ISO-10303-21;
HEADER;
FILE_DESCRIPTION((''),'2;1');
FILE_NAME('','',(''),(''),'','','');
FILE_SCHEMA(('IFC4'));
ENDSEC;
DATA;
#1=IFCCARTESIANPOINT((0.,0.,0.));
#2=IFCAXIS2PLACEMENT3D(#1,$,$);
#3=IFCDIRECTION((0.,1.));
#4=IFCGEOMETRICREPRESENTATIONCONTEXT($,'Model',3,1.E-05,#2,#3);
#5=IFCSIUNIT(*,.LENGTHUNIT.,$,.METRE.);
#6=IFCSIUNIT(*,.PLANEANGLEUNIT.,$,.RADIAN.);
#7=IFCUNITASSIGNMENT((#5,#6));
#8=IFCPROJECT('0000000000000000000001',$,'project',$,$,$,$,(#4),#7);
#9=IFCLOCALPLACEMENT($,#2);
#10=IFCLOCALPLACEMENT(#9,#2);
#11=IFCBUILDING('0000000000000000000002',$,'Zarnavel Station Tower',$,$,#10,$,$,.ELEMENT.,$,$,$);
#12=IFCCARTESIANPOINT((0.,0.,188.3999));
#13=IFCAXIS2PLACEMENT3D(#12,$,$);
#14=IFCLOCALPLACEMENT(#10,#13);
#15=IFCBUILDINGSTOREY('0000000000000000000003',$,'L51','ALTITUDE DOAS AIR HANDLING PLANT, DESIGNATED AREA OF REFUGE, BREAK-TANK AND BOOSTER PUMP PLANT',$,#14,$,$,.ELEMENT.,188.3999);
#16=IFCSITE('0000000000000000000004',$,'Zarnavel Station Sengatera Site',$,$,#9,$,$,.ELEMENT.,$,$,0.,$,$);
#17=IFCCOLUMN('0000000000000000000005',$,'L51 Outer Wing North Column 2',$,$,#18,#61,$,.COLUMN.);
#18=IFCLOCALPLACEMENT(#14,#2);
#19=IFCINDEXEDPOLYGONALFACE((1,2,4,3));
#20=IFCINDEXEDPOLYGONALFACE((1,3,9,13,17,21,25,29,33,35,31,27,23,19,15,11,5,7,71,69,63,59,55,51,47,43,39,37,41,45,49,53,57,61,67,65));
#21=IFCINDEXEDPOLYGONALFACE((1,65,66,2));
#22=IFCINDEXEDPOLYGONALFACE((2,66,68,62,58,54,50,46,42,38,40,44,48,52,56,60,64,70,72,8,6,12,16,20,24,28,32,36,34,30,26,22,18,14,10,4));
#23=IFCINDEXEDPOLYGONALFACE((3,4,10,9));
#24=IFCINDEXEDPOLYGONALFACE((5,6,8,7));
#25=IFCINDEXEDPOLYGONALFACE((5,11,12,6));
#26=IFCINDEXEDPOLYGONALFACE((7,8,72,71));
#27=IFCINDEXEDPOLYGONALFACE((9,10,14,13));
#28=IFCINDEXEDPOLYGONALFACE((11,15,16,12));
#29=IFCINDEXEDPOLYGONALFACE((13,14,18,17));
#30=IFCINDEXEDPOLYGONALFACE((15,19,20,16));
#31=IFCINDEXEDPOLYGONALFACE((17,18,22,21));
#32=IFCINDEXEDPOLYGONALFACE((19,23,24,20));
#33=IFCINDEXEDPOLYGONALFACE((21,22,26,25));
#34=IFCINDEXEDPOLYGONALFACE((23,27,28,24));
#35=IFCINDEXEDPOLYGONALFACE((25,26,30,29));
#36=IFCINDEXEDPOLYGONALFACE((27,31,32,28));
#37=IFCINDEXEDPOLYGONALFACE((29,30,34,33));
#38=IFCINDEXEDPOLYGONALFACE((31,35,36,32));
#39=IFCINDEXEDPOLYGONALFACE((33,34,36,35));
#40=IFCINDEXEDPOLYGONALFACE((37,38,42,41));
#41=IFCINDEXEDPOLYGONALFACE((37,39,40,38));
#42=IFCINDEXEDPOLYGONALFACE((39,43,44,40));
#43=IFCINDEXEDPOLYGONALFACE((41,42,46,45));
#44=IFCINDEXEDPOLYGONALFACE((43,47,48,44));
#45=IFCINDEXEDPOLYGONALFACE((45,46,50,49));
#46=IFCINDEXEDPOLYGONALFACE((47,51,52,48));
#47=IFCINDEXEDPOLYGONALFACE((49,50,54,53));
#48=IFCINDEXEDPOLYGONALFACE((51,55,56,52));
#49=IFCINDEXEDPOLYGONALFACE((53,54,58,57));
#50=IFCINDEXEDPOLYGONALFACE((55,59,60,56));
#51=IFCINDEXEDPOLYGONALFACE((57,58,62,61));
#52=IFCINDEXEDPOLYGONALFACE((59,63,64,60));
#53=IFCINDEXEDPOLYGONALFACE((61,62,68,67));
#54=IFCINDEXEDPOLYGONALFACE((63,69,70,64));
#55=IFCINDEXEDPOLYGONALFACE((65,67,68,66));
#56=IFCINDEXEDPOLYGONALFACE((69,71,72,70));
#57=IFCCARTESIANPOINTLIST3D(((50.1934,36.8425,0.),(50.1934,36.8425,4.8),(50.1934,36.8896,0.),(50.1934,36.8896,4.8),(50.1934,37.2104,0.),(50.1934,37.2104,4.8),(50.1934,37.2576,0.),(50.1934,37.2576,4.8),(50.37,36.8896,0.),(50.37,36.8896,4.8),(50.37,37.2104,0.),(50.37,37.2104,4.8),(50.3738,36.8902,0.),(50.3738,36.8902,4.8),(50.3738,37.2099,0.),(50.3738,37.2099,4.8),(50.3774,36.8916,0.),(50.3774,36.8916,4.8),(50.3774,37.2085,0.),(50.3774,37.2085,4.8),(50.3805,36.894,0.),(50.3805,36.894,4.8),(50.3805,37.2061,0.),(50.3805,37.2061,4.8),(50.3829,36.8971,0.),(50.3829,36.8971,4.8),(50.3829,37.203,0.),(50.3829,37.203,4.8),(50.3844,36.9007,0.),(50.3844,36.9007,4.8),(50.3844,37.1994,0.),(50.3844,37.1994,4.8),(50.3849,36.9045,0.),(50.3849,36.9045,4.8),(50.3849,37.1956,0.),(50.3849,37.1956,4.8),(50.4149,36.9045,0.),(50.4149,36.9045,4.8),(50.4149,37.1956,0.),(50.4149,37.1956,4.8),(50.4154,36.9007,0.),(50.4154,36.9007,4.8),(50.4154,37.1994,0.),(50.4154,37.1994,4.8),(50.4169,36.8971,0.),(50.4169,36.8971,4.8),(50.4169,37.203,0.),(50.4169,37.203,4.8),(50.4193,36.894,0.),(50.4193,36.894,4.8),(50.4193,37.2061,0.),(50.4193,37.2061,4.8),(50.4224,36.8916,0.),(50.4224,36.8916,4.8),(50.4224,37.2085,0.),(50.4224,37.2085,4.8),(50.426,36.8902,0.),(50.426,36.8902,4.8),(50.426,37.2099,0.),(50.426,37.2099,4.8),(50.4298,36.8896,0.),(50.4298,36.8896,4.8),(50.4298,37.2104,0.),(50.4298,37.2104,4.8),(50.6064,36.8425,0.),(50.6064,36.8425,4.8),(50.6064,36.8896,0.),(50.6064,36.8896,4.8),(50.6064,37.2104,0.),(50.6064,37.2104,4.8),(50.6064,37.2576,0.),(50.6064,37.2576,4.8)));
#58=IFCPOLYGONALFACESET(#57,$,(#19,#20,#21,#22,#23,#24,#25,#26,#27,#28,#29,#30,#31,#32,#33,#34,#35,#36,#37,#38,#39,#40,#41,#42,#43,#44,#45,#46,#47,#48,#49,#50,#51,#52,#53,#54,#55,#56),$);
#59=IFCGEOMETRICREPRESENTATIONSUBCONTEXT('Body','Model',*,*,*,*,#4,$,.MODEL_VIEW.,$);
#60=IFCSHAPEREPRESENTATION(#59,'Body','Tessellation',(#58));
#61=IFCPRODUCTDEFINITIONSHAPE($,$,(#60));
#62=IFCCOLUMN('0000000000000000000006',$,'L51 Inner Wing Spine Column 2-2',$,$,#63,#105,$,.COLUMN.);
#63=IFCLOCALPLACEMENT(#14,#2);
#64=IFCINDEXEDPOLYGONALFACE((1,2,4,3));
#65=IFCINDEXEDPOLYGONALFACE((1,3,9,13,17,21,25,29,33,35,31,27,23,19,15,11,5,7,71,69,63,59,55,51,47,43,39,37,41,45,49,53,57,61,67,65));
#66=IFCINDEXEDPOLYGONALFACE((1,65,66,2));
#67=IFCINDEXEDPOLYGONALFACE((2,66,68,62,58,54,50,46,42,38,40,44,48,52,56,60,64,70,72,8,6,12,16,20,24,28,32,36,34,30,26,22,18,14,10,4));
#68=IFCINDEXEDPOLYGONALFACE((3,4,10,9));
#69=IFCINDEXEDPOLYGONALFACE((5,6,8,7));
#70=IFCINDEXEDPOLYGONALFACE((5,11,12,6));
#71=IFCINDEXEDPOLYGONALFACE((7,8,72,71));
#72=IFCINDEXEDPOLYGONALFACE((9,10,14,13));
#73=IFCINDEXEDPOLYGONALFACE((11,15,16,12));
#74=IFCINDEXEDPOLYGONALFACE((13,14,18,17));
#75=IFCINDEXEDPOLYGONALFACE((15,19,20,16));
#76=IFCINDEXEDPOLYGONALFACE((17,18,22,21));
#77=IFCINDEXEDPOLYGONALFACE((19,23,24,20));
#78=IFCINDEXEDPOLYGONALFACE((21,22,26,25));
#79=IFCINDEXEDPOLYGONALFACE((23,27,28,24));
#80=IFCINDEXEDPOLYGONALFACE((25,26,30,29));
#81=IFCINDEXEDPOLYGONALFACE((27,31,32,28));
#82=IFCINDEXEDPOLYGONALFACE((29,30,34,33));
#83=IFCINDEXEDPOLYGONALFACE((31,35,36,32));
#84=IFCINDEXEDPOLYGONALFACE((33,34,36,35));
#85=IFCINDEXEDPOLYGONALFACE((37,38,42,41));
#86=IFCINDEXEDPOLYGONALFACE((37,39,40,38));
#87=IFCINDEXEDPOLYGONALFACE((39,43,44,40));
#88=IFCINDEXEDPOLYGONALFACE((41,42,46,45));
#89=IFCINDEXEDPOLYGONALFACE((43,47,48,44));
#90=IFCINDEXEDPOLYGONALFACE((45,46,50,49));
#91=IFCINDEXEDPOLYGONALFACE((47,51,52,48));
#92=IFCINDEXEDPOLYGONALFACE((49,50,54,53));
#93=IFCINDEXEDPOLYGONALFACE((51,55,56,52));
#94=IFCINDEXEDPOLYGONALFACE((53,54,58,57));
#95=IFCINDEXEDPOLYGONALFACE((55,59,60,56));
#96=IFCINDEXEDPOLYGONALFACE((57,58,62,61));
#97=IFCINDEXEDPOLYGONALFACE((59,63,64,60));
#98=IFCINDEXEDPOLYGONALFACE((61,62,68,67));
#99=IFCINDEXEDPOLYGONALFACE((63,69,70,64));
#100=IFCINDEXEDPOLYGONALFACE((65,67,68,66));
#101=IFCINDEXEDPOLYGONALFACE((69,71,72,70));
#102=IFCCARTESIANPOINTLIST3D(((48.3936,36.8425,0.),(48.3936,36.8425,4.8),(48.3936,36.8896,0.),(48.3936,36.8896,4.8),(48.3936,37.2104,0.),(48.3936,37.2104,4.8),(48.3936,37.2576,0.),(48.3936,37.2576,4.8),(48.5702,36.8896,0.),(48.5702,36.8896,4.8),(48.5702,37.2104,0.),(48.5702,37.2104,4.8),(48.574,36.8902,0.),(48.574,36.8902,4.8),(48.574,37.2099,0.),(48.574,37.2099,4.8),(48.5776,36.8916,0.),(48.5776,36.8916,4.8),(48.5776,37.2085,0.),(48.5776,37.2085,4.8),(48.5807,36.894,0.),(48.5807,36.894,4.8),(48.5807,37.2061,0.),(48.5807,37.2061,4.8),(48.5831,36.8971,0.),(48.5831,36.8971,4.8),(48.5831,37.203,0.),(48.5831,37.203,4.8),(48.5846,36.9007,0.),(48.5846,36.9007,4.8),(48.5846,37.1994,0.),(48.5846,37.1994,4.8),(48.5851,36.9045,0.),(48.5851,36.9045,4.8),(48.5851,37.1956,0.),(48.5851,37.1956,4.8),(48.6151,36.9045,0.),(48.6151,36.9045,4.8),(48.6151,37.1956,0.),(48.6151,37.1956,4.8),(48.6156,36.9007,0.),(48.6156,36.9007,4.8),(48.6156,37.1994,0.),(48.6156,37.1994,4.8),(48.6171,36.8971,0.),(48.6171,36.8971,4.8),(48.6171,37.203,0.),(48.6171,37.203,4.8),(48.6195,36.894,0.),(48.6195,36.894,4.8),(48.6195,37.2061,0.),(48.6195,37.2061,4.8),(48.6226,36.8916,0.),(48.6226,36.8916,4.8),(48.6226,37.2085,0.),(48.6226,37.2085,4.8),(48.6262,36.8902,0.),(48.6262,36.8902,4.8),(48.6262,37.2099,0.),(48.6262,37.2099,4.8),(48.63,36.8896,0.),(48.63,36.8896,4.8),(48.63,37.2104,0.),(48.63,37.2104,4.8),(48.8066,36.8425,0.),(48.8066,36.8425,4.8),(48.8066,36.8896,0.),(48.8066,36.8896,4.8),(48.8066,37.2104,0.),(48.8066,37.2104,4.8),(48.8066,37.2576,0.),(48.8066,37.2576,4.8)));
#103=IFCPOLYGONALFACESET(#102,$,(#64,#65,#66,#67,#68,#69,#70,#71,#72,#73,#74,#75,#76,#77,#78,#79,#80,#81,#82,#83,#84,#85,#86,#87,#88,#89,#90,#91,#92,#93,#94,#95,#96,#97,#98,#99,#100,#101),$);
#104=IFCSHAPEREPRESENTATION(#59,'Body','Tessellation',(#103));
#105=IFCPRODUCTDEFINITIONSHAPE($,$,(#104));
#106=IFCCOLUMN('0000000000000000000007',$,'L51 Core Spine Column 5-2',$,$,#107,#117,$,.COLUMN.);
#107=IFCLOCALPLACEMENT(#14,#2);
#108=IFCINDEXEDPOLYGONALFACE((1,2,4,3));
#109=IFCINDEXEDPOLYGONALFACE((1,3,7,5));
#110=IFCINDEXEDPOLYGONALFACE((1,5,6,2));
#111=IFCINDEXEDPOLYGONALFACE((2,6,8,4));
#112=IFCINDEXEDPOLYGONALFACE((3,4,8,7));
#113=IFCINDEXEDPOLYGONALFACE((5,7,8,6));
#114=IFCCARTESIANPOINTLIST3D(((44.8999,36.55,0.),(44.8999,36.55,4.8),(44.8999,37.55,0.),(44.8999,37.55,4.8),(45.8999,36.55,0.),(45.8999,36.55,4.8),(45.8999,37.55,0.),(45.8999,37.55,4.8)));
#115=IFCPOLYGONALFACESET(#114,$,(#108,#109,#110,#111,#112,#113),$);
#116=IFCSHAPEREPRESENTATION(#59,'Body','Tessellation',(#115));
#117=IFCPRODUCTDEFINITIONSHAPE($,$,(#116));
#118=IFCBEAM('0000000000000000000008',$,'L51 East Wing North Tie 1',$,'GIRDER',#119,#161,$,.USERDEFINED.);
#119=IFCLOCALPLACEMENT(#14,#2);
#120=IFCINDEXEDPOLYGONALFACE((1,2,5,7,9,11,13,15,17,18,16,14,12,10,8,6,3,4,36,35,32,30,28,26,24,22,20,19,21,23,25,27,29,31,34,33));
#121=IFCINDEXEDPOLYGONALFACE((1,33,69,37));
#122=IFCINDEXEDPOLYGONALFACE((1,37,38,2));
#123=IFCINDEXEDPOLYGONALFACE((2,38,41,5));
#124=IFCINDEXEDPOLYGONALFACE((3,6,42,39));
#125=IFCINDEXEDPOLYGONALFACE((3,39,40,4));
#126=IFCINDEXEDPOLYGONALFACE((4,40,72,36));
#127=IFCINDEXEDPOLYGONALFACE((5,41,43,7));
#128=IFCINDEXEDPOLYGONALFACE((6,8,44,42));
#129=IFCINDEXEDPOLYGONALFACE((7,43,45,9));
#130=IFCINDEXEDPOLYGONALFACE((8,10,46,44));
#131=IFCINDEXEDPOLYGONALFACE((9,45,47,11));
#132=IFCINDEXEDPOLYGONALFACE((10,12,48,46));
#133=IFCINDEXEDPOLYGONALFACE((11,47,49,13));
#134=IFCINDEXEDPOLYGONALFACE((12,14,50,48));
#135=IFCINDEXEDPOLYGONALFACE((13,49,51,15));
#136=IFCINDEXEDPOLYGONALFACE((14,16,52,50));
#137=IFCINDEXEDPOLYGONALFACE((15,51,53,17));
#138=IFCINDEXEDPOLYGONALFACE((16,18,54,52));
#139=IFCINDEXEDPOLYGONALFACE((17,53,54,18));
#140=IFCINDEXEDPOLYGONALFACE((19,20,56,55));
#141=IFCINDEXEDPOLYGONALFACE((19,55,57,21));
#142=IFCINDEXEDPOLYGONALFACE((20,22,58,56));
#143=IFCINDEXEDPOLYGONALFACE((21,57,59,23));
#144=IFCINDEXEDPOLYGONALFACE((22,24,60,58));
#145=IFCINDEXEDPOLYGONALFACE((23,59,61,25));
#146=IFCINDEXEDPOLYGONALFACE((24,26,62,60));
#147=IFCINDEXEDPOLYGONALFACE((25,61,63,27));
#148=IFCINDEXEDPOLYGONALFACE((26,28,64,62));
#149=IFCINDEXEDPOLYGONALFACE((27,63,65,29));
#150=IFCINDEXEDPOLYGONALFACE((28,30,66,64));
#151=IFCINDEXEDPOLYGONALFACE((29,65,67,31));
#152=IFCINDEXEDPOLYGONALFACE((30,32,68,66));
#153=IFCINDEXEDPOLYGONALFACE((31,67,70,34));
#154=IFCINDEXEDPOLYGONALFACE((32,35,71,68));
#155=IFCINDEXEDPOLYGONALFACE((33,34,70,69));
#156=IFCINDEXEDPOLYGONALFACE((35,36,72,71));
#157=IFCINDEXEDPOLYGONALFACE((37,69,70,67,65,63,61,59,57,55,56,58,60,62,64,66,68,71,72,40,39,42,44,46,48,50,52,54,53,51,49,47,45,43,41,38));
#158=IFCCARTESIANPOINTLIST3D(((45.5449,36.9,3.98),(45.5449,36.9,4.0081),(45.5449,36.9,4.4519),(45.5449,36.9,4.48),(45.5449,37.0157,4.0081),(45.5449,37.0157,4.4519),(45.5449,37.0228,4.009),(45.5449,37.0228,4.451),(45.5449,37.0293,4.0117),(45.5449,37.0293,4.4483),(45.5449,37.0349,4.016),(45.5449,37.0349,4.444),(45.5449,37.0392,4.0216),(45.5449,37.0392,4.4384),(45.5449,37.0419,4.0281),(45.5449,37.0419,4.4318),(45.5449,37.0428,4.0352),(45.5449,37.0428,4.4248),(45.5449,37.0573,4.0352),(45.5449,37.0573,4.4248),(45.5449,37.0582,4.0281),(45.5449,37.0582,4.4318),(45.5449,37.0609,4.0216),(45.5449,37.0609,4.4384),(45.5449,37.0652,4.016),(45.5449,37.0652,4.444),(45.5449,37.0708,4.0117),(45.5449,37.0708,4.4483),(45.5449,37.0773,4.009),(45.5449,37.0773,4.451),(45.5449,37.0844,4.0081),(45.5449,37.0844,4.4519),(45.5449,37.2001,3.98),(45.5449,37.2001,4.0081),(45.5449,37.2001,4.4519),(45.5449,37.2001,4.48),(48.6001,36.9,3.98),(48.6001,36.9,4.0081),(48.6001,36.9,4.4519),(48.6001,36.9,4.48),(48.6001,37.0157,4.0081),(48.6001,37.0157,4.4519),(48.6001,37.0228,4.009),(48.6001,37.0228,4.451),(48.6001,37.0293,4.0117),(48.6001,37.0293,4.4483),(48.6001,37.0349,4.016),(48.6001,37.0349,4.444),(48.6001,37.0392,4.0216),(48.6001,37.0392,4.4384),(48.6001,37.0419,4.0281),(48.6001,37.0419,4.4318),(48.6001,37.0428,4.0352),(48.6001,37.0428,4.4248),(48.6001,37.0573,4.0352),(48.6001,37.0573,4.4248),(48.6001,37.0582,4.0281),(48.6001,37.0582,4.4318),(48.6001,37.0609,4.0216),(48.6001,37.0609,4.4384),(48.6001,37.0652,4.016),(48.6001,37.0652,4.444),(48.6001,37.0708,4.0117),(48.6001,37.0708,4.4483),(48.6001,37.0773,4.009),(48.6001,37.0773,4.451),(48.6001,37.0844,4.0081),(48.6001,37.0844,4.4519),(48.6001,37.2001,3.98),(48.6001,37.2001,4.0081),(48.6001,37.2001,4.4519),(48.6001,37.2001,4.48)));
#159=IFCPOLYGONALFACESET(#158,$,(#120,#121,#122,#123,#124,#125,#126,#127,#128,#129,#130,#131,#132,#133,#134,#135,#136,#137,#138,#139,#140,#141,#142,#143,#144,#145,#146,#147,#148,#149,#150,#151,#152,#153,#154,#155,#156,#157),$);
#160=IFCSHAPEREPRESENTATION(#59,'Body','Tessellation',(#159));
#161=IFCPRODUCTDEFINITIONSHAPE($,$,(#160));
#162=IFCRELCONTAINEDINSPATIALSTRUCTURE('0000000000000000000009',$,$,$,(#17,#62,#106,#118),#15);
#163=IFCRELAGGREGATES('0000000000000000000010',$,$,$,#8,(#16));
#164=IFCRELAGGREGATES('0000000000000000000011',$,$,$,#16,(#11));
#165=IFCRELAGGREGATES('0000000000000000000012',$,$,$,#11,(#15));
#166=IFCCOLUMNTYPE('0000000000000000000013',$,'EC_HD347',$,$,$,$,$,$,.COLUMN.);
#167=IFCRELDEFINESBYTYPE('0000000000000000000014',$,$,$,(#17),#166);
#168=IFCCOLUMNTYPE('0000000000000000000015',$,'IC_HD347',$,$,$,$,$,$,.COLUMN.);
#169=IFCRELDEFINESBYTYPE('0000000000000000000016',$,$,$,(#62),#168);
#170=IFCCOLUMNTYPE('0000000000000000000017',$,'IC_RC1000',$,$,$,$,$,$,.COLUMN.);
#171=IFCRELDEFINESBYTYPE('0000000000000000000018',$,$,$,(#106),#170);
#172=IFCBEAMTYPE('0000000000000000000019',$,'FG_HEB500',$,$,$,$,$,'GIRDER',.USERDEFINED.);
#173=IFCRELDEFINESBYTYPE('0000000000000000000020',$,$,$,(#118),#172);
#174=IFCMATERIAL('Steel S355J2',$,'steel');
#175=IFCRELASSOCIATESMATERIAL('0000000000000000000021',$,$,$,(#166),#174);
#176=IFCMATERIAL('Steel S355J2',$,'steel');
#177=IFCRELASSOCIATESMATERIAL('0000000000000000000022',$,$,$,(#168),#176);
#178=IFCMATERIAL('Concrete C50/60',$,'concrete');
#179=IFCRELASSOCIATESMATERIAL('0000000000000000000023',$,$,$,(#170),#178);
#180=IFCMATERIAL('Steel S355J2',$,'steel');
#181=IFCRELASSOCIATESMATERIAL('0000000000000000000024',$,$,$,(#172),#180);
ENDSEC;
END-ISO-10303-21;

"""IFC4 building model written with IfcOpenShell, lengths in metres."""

from ifc_helpers import new_model, si_unit, direction, frame, origin, origin_2d, place, context, subcontext, project, spatial, rectangle, i_section, extrude, material, material_profile, profile_set, type_object, element, save


model = new_model("IFC4")

# Units and contexts
model_context = context("Model", 3, precision=1e-05, world=origin(), true_north=direction((0.0, 1.0)))
body_context = subcontext(model_context, "Body", "Model", "MODEL_VIEW")
ifc_project = project(units=[si_unit("LENGTHUNIT", "METRE"), si_unit("PLANEANGLEUNIT", "RADIAN")], contexts=[model_context])

# Site, building, storey
site_placement = place(None, origin())
site = spatial("IfcSite", under=ifc_project, at=site_placement, Name="Zarnavel Station Sengatera Site", CompositionType="ELEMENT", RefElevation=0.0)
building_placement = place(site_placement, origin())
building = spatial("IfcBuilding", under=site, at=building_placement, Name="Zarnavel Station Tower", CompositionType="ELEMENT")
storey_placement = place(building_placement, frame((0.0, 0.0, 188.3999)))
storey = spatial("IfcBuildingStorey", under=building, at=storey_placement, Name="L51", Description="ALTITUDE DOAS AIR HANDLING PLANT, DESIGNATED AREA OF REFUGE, BREAK-TANK AND BOOSTER PUMP PLANT", CompositionType="ELEMENT", Elevation=188.3999)

# Columns
ifc_material_1 = material(Name="Steel S355J2", Category="steel")
ifc_material_profile_1 = material_profile(ifc_material_1, i_section(OverallWidth=0.4131, OverallDepth=0.415, WebThickness=0.03, FlangeThickness=0.0471, FilletRadius=0.0149, at=origin_2d()), Name="HD400x347")
ifc_profile_set_1 = profile_set([ifc_material_profile_1], Name="Steel S355J2")
column_type_1 = type_object("IfcColumnType", Name="EC_HD347", PredefinedType="COLUMN", material=ifc_profile_set_1)
column_1_placement = place(storey_placement, frame((50.3999, 37.05, 0.0), z_axis=(0.0, 0.0, 1.0), x_axis=(1.0, 0.0, 0.0)))
element("IfcColumn", 1, at=column_1_placement, inside=storey, type_object=column_type_1, Name="L51 Outer Wing North Column 2", PredefinedType="COLUMN", context=body_context, shape_type="SweptSolid", body=[
    extrude(i_section(OverallWidth=0.4131, OverallDepth=0.415, WebThickness=0.03, FlangeThickness=0.0471, FilletRadius=0.0149, at=origin_2d()), origin(), (0.0, 0.0, 1.0), 4.8),
])
ifc_material_2 = material(Name="Steel S355J2", Category="steel")
ifc_material_profile_2 = material_profile(ifc_material_2, i_section(OverallWidth=0.4131, OverallDepth=0.415, WebThickness=0.03, FlangeThickness=0.0471, FilletRadius=0.0149, at=origin_2d()), Name="HD400x347")
ifc_profile_set_2 = profile_set([ifc_material_profile_2], Name="Steel S355J2")
column_type_2 = type_object("IfcColumnType", Name="IC_HD347", PredefinedType="COLUMN", material=ifc_profile_set_2)
column_2_placement = place(storey_placement, frame((48.6001, 37.05, 0.0), z_axis=(0.0, 0.0, 1.0), x_axis=(1.0, 0.0, 0.0)))
element("IfcColumn", 2, at=column_2_placement, inside=storey, type_object=column_type_2, Name="L51 Inner Wing Spine Column 2-2", PredefinedType="COLUMN", context=body_context, shape_type="SweptSolid", body=[
    extrude(i_section(OverallWidth=0.4131, OverallDepth=0.415, WebThickness=0.03, FlangeThickness=0.0471, FilletRadius=0.0149, at=origin_2d()), origin(), (0.0, 0.0, 1.0), 4.8),
])
ifc_material_3 = material(Name="Concrete C50/60", Category="concrete")
ifc_material_profile_3 = material_profile(ifc_material_3, rectangle(XDim=1.0, YDim=1.0, at=origin_2d()), Name="RC1000x1000")
ifc_profile_set_3 = profile_set([ifc_material_profile_3], Name="Concrete C50/60")
column_type_3 = type_object("IfcColumnType", Name="IC_RC1000", PredefinedType="COLUMN", material=ifc_profile_set_3)
column_3_placement = place(storey_placement, frame((45.3999, 37.05, 0.0), z_axis=(0.0, 0.0, 1.0), x_axis=(1.0, 0.0, 0.0)))
element("IfcColumn", 3, at=column_3_placement, inside=storey, type_object=column_type_3, Name="L51 Core Spine Column 5-2", PredefinedType="COLUMN", context=body_context, shape_type="SweptSolid", body=[
    extrude(rectangle(XDim=1.0, YDim=1.0, at=origin_2d()), origin(), (0.0, 0.0, 1.0), 4.8),
])

# Beam
ifc_material_4 = material(Name="Steel S355J2", Category="steel")
ifc_material_profile_4 = material_profile(ifc_material_4, i_section(OverallWidth=0.3, OverallDepth=0.5, WebThickness=0.0144, FlangeThickness=0.0281, FilletRadius=0.0271, at=origin_2d()), Name="HEB500")
ifc_profile_set_4 = profile_set([ifc_material_profile_4], Name="Steel S355J2")
beam_type = type_object("IfcBeamType", Name="FG_HEB500", ElementType="GIRDER", PredefinedType="USERDEFINED", material=ifc_profile_set_4)
beam_1_placement = place(storey_placement, frame((45.5449, 37.05, 4.23), z_axis=(1.0, 0.0, 0.0), x_axis=(0.0, 1.0, 0.0)))
element("IfcBeam", 4, at=beam_1_placement, inside=storey, type_object=beam_type, Name="L51 East Wing North Tie 1", ObjectType="GIRDER", PredefinedType="USERDEFINED", context=body_context, shape_type="SweptSolid", body=[
    extrude(i_section(OverallWidth=0.3, OverallDepth=0.5, WebThickness=0.0144, FlangeThickness=0.0281, FilletRadius=0.0271, at=origin_2d()), origin(), (0.0, 0.0, 1.0), 3.0552),
])

save(model, "model.ifc")
